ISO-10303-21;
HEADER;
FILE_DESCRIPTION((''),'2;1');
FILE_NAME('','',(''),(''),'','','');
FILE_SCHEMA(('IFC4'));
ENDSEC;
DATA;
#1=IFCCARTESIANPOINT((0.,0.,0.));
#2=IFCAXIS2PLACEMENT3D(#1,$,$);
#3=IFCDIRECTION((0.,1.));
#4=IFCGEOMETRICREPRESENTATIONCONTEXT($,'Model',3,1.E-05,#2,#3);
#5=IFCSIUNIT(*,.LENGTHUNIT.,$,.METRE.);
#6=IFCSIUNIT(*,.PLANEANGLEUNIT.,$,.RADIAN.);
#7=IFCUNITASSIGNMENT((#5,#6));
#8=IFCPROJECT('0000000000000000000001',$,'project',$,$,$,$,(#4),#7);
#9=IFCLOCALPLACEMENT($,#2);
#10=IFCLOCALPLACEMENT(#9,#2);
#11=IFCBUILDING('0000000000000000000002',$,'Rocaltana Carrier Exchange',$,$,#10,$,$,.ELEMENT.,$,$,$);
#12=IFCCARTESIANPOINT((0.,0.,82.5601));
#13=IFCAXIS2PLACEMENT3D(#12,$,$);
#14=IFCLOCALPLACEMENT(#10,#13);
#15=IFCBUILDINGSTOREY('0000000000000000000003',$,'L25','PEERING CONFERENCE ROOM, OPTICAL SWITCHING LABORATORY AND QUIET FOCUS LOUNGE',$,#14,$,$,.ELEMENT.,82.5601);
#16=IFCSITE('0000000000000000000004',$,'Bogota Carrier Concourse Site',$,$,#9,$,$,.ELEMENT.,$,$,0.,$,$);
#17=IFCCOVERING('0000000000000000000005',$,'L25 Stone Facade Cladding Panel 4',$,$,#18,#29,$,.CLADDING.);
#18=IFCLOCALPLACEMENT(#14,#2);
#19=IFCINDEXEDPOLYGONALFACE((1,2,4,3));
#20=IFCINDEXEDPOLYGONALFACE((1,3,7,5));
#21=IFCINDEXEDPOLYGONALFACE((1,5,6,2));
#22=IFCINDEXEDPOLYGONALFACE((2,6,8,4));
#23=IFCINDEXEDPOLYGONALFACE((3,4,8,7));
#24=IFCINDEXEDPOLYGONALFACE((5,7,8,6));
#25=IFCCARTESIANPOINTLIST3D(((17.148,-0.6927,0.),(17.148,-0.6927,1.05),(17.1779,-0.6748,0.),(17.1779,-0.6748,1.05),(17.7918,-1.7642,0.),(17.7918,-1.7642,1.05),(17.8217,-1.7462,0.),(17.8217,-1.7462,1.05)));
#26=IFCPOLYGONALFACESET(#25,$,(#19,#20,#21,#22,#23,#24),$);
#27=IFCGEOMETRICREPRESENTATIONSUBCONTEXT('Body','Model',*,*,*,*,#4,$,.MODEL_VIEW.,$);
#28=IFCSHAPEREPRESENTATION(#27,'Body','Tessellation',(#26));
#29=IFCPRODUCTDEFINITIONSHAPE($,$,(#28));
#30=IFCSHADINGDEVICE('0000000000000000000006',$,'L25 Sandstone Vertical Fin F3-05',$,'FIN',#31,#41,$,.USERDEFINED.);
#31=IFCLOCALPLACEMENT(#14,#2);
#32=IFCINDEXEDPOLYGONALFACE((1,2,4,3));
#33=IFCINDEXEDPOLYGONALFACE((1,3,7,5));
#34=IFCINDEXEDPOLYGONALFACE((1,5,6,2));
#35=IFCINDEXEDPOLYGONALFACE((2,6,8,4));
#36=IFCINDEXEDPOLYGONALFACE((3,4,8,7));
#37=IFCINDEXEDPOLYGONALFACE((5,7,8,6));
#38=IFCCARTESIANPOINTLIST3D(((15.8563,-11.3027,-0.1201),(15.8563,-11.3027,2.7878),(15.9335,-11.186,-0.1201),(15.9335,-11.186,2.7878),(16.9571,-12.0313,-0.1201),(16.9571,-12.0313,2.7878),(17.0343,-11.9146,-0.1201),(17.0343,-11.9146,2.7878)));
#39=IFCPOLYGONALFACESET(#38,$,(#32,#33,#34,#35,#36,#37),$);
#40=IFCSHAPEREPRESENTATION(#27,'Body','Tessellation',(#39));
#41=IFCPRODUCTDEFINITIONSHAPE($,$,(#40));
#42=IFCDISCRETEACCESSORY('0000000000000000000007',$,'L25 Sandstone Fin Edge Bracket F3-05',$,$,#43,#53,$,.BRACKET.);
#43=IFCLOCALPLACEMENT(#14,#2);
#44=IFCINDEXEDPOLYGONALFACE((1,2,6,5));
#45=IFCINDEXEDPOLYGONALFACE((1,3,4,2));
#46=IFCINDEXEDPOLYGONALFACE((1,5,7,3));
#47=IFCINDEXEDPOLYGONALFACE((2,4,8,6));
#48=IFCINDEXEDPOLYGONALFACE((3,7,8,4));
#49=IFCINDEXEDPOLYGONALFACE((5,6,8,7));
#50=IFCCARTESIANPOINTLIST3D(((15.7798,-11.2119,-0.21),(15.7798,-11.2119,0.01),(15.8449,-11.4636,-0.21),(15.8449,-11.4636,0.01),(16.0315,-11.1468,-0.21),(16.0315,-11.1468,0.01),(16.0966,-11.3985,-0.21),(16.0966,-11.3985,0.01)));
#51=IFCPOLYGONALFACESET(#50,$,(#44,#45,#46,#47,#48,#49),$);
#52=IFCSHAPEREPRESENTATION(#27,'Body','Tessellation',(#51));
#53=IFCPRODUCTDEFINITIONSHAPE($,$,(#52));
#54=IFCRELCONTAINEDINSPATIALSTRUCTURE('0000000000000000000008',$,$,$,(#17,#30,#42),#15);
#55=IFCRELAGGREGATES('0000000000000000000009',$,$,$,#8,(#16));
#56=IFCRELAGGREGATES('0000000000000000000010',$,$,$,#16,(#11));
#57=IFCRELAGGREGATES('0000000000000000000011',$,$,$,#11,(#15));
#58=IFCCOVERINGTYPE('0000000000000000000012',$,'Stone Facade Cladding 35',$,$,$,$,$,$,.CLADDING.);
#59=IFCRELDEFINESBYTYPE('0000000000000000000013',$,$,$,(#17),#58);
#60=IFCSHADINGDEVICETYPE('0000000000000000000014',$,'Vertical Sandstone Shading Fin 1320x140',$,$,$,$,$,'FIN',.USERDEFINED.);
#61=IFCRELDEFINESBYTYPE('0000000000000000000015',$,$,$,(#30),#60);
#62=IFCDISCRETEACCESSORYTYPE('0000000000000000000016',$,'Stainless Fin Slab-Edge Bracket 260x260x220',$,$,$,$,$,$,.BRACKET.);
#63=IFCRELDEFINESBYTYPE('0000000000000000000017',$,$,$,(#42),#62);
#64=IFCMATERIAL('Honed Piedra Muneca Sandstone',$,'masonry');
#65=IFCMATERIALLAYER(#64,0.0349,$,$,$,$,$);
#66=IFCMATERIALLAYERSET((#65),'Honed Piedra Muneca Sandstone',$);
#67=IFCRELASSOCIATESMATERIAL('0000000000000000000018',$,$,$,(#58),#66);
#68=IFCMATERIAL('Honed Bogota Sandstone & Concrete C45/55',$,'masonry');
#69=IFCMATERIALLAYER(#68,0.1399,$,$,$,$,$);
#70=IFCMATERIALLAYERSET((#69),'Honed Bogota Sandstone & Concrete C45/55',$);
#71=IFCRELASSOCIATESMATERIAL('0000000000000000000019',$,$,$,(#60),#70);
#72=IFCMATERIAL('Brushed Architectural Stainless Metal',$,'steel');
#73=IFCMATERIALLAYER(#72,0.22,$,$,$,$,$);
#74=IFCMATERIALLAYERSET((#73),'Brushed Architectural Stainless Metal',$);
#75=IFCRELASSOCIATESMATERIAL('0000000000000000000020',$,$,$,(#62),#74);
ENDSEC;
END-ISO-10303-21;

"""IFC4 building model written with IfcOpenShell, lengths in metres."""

from ifc_helpers import new_model, si_unit, direction, frame, origin, origin_2d, place, context, subcontext, project, spatial, rectangle, extrude, material, layer, layer_set, type_object, element, save


model = new_model("IFC4")

# Units and contexts
model_context = context("Model", 3, precision=1e-05, world=origin(), true_north=direction((0.0, 1.0)))
body_context = subcontext(model_context, "Body", "Model", "MODEL_VIEW")
ifc_project = project(units=[si_unit("LENGTHUNIT", "METRE"), si_unit("PLANEANGLEUNIT", "RADIAN")], contexts=[model_context])

# Site, building, storey
site_placement = place(None, origin())
site = spatial("IfcSite", under=ifc_project, at=site_placement, Name="Bogota Carrier Concourse Site", CompositionType="ELEMENT", RefElevation=0.0)
building_placement = place(site_placement, origin())
building = spatial("IfcBuilding", under=site, at=building_placement, Name="Rocaltana Carrier Exchange", CompositionType="ELEMENT")
storey_placement = place(building_placement, frame((0.0, 0.0, 82.5601)))
storey = spatial("IfcBuildingStorey", under=building, at=storey_placement, Name="L25", Description="PEERING CONFERENCE ROOM, OPTICAL SWITCHING LABORATORY AND QUIET FOCUS LOUNGE", CompositionType="ELEMENT", Elevation=82.5601)

# Covering
ifc_material_1 = material(Name="Honed Piedra Muneca Sandstone", Category="masonry")
ifc_layer_1 = layer(ifc_material_1, 0.0349)
ifc_layer_set_1 = layer_set([ifc_layer_1], Name="Honed Piedra Muneca Sandstone")
covering_type = type_object("IfcCoveringType", Name="Stone Facade Cladding 35", PredefinedType="CLADDING", material=ifc_layer_set_1)
covering_placement = place(storey_placement, frame((17.4849, -1.2195, 0.0), z_axis=(0.0, 0.0, 1.0), x_axis=(-0.515038, 0.857167, 0.0)))
element("IfcCovering", 1, at=covering_placement, inside=storey, type_object=covering_type, Name="L25 Stone Facade Cladding Panel 4", PredefinedType="CLADDING", context=body_context, shape_type="SweptSolid", body=[
    extrude(rectangle(XDim=1.25, YDim=0.0349, at=origin_2d()), origin(), (0.0, 0.0, 1.0), 1.05),
])

# Shading device
ifc_material_2 = material(Name="Honed Bogota Sandstone & Concrete C45/55", Category="masonry")
ifc_layer_2 = layer(ifc_material_2, 0.1399)
ifc_layer_set_2 = layer_set([ifc_layer_2], Name="Honed Bogota Sandstone & Concrete C45/55")
shading_device_type = type_object("IfcShadingDeviceType", Name="Vertical Sandstone Shading Fin 1320x140", ElementType="FIN", PredefinedType="USERDEFINED", material=ifc_layer_set_2)
shading_device_placement = place(storey_placement, frame((16.4453, -11.6086, -0.1201), z_axis=(0.0, 0.0, 1.0), x_axis=(0.833886, -0.551937, 0.0)))
element("IfcShadingDevice", 2, at=shading_device_placement, inside=storey, type_object=shading_device_type, Name="L25 Sandstone Vertical Fin F3-05", ObjectType="FIN", PredefinedType="USERDEFINED", context=body_context, shape_type="SweptSolid", body=[
    extrude(rectangle(XDim=1.3201, YDim=0.1399, at=origin_2d()), origin(), (0.0, 0.0, 1.0), 2.908),
])

# Discrete accessory
ifc_material_3 = material(Name="Brushed Architectural Stainless Metal", Category="steel")
ifc_layer_3 = layer(ifc_material_3, 0.22)
ifc_layer_set_3 = layer_set([ifc_layer_3], Name="Brushed Architectural Stainless Metal")
discrete_accessory_type = type_object("IfcDiscreteAccessoryType", Name="Stainless Fin Slab-Edge Bracket 260x260x220", PredefinedType="BRACKET", material=ifc_layer_set_3)
discrete_accessory_placement = place(storey_placement, frame((15.9382, -11.3052, -0.21), z_axis=(0.0, 0.0, 1.0), x_axis=(0.968148, 0.25038, 0.0)))
element("IfcDiscreteAccessory", 3, at=discrete_accessory_placement, inside=storey, type_object=discrete_accessory_type, Name="L25 Sandstone Fin Edge Bracket F3-05", PredefinedType="BRACKET", context=body_context, shape_type="SweptSolid", body=[
    extrude(rectangle(XDim=0.26, YDim=0.26, at=origin_2d()), origin(), (0.0, 0.0, 1.0), 0.22),
])

save(model, "model.ifc")
